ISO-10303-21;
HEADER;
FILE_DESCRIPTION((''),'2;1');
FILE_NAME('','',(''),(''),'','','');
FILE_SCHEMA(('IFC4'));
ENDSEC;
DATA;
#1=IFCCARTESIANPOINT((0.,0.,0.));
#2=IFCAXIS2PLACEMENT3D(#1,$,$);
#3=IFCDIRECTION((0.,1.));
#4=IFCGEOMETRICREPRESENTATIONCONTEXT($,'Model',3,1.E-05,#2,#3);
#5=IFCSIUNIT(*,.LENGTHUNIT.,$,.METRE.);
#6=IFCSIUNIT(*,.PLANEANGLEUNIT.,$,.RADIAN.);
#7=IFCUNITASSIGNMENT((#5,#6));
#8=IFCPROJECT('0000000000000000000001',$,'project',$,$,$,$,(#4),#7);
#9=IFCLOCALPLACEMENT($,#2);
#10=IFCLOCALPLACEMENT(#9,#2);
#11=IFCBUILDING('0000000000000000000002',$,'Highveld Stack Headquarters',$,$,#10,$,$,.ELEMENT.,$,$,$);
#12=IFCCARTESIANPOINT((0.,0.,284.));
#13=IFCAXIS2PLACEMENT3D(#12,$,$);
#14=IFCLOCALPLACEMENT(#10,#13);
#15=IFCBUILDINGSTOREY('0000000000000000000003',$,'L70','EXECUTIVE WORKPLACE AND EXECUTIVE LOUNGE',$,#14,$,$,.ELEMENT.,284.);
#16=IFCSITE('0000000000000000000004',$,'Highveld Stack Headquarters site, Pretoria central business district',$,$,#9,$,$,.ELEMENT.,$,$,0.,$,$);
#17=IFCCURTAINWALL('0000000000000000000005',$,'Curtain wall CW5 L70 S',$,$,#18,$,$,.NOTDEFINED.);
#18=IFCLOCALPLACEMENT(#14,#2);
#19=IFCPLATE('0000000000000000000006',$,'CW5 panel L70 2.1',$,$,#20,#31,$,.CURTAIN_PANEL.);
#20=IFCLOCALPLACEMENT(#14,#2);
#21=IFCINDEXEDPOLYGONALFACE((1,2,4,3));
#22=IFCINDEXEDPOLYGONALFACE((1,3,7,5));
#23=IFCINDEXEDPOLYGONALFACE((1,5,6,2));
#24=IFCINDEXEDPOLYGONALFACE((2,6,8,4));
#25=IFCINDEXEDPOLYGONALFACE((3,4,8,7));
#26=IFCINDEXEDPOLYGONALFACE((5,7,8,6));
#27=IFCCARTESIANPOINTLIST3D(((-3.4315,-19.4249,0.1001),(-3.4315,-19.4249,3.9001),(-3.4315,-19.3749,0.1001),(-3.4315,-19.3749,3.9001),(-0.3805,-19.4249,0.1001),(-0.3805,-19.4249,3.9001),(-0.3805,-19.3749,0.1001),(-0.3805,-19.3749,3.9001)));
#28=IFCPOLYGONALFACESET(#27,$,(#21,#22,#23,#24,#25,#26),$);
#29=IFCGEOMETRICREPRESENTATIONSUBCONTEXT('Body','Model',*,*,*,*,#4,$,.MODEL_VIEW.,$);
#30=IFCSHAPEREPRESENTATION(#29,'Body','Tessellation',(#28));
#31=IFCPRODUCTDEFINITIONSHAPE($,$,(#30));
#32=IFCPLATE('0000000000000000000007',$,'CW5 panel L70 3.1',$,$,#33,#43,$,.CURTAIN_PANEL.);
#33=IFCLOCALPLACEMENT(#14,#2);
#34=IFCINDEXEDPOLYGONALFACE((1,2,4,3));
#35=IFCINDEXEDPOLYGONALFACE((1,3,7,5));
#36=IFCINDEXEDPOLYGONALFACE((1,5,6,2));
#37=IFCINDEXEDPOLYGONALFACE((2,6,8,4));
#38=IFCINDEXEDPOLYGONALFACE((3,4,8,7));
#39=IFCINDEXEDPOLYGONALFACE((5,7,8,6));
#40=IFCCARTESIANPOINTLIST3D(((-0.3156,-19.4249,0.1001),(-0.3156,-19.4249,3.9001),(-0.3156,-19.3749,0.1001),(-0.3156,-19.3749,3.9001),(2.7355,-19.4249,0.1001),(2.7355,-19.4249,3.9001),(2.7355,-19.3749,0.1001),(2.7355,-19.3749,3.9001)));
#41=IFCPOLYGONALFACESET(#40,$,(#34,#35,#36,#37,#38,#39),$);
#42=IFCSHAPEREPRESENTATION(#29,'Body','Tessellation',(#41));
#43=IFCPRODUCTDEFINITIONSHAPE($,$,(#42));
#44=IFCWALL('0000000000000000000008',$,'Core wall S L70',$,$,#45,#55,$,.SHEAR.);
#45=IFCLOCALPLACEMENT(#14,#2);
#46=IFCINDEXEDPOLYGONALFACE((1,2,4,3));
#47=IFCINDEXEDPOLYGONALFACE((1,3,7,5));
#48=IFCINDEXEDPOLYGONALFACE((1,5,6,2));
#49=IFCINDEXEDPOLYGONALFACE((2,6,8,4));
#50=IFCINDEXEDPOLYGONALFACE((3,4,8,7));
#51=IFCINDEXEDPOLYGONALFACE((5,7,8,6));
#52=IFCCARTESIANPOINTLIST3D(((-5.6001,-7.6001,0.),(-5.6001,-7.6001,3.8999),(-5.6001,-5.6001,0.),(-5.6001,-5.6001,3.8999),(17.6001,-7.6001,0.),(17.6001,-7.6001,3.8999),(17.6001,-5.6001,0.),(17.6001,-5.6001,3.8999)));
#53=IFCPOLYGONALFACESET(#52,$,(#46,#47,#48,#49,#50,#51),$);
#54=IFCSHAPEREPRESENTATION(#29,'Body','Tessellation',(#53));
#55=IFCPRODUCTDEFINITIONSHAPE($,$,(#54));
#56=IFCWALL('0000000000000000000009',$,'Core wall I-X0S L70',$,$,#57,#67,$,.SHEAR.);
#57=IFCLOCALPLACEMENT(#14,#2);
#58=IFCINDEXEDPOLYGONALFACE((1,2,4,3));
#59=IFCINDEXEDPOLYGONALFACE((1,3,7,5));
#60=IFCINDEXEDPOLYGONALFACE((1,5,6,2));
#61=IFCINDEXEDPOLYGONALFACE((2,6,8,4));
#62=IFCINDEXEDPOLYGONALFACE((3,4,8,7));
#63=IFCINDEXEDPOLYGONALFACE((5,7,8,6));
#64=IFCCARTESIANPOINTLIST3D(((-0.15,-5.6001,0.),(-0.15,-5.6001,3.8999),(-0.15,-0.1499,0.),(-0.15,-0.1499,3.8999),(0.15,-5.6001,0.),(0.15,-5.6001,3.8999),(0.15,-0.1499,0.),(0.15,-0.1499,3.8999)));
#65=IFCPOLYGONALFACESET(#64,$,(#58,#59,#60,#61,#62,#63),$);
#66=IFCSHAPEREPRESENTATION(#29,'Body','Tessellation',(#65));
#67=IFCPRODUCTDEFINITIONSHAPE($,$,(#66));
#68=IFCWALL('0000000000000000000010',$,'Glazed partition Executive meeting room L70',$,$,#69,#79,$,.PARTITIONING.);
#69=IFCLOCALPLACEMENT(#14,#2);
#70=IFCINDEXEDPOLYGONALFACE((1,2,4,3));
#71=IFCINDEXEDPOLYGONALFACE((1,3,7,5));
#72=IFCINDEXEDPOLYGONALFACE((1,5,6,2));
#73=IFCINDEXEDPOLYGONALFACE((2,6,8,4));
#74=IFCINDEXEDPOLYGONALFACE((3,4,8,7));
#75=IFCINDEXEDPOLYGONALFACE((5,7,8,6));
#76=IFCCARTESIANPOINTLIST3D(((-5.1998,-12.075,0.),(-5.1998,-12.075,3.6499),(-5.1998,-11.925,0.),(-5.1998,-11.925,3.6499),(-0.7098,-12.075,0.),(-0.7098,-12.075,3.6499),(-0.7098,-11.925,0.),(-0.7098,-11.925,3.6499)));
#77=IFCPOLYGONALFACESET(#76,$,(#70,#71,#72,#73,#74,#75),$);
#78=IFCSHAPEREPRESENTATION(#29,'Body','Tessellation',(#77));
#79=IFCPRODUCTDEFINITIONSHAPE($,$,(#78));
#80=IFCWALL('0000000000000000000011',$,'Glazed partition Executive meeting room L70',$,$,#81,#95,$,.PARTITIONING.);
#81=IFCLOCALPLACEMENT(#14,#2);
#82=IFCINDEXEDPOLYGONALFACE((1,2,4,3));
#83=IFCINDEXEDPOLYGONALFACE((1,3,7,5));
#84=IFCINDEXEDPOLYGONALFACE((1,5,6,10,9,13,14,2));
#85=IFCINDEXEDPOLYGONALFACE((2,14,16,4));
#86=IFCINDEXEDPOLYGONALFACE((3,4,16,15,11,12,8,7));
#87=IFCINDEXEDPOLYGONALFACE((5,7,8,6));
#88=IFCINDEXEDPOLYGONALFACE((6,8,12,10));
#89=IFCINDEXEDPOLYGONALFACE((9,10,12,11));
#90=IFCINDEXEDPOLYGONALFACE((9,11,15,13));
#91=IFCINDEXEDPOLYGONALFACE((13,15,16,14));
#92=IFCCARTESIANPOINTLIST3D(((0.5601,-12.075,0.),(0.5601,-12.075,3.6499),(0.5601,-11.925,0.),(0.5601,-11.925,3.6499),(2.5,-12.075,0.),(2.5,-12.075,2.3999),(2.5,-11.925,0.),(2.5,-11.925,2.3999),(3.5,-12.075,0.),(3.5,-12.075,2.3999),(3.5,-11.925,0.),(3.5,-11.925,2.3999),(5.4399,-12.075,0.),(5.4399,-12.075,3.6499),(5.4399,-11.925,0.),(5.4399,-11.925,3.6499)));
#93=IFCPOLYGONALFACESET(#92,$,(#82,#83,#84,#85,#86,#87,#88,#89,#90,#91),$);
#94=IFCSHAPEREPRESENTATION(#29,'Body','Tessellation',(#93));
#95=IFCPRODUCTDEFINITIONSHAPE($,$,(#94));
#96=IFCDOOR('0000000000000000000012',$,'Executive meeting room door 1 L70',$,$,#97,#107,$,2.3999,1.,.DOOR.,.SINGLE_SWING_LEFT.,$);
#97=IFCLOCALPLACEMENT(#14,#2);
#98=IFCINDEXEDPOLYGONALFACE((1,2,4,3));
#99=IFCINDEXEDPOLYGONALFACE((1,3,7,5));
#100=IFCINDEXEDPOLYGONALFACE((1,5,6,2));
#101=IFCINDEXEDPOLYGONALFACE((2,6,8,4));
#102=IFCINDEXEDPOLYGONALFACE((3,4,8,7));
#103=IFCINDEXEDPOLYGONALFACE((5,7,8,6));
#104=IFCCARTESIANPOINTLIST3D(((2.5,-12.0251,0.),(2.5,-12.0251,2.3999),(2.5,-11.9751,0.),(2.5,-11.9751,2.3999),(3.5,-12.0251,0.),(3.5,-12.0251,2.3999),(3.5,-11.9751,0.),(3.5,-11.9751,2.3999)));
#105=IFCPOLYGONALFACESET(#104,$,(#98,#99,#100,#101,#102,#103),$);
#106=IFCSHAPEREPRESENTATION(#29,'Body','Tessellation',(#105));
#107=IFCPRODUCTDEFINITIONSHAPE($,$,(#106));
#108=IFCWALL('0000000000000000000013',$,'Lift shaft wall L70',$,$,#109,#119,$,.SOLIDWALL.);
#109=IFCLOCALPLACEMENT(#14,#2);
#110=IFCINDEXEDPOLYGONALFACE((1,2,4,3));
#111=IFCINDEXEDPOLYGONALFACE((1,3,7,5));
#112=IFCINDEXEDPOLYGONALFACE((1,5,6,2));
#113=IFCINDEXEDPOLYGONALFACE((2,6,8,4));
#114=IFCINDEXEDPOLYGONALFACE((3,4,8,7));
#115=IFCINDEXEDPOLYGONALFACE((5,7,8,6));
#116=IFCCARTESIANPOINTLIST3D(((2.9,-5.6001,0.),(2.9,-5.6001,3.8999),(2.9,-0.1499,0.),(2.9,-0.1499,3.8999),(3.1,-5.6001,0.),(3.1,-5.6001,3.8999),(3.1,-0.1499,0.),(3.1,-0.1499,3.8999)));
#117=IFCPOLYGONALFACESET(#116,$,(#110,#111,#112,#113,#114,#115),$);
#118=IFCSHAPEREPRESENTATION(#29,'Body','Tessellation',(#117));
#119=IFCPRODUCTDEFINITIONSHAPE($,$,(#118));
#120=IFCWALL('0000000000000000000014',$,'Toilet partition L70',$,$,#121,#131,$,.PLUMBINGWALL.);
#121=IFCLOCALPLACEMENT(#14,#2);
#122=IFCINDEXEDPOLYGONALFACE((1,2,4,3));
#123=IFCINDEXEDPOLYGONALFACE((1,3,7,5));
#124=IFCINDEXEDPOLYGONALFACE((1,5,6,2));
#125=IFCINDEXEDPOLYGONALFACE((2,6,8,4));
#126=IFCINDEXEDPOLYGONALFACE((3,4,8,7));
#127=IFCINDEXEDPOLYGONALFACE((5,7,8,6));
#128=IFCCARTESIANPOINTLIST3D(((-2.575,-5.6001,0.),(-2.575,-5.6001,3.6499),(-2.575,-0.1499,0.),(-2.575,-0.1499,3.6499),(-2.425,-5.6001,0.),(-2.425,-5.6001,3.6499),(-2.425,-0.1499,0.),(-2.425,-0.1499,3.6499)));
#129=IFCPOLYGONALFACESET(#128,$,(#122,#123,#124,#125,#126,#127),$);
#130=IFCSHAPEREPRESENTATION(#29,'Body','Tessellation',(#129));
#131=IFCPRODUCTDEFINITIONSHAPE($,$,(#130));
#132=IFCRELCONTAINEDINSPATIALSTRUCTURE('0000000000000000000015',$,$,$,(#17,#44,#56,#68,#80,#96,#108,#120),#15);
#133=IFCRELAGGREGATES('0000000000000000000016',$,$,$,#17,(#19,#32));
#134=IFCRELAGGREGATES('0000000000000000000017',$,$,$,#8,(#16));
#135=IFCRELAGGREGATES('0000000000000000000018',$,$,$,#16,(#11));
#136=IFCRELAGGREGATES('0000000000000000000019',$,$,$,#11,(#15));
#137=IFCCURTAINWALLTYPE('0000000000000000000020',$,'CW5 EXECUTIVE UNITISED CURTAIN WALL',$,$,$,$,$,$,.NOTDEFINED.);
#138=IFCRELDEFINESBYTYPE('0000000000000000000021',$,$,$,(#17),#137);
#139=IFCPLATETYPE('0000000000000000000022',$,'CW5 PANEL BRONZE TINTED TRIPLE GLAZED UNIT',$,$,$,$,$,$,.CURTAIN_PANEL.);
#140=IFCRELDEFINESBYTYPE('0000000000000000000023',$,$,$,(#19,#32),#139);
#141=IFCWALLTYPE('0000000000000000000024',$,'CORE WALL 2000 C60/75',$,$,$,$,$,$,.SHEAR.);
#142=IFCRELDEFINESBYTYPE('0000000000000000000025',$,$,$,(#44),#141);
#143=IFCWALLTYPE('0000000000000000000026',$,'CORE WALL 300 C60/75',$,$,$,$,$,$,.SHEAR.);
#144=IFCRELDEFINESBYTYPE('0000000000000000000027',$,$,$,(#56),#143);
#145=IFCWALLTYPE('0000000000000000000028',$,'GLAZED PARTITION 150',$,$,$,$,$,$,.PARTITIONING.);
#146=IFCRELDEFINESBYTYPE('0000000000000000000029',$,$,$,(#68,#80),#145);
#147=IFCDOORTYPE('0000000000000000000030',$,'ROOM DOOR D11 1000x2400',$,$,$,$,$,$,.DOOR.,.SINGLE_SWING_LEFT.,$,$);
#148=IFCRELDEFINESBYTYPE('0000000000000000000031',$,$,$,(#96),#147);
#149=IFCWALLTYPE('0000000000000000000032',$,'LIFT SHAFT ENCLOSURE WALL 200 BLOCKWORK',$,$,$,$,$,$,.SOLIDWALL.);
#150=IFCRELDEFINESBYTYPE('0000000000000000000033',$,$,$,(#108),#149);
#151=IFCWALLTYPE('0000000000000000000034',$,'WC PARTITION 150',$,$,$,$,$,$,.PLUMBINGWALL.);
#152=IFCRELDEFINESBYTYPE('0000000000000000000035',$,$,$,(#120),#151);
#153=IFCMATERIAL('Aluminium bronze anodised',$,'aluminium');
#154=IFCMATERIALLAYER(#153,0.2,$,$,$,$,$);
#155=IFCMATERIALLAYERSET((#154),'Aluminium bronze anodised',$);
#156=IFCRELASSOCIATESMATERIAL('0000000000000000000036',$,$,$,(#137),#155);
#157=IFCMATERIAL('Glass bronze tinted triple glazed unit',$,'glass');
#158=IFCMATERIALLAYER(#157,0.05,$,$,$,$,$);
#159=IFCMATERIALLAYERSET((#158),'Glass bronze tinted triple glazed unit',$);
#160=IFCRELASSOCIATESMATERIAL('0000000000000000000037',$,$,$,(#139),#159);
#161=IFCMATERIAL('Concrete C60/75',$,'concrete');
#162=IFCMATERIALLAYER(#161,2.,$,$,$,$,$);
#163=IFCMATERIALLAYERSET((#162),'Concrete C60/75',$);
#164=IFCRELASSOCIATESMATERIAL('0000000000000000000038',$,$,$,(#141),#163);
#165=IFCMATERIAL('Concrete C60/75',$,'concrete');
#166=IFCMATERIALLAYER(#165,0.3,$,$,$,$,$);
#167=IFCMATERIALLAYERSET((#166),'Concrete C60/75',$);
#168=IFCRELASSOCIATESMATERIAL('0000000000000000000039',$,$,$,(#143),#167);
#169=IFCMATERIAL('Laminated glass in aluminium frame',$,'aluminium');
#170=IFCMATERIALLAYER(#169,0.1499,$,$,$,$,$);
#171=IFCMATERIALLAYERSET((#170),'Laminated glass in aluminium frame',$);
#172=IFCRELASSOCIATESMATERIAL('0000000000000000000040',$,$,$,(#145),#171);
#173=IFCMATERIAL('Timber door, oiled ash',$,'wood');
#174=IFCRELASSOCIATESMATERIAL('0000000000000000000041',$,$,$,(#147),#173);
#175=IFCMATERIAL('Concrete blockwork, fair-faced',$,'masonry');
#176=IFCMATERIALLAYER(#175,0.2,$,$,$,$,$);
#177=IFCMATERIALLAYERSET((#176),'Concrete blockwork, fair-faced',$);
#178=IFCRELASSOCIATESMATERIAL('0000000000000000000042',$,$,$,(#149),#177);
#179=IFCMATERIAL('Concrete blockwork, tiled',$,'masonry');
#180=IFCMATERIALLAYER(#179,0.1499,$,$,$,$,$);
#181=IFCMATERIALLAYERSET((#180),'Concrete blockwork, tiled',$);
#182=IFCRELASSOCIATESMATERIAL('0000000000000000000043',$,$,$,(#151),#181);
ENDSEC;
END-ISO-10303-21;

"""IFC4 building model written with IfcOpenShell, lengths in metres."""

from ifc_helpers import new_model, si_unit, direction, frame, frame_2d, origin, origin_2d, place, context, subcontext, project, spatial, rectangle, extrude, material, layer, layer_set, type_object, element, fill, aggregate, save


model = new_model("IFC4")

# Units and contexts
model_context = context("Model", 3, precision=1e-05, world=origin(), true_north=direction((0.0, 1.0)))
body_context = subcontext(model_context, "Body", "Model", "MODEL_VIEW")
ifc_project = project(units=[si_unit("LENGTHUNIT", "METRE"), si_unit("PLANEANGLEUNIT", "RADIAN")], contexts=[model_context])

# Site, building, storey
site_placement = place(None, origin())
site = spatial("IfcSite", under=ifc_project, at=site_placement, Name="Highveld Stack Headquarters site, Pretoria central business district", CompositionType="ELEMENT", RefElevation=0.0)
building_placement = place(site_placement, origin())
building = spatial("IfcBuilding", under=site, at=building_placement, Name="Highveld Stack Headquarters", CompositionType="ELEMENT")
storey_placement = place(building_placement, frame((0.0, 0.0, 284.0)))
storey = spatial("IfcBuildingStorey", under=building, at=storey_placement, Name="L70", Description="EXECUTIVE WORKPLACE AND EXECUTIVE LOUNGE", CompositionType="ELEMENT", Elevation=284.0)

# Curtain wall
ifc_material_1 = material(Name="Aluminium bronze anodised", Category="aluminium")
ifc_layer_1 = layer(ifc_material_1, 0.2)
ifc_layer_set_1 = layer_set([ifc_layer_1], Name="Aluminium bronze anodised")
curtain_wall_type = type_object("IfcCurtainWallType", Name="CW5 EXECUTIVE UNITISED CURTAIN WALL", PredefinedType="NOTDEFINED", material=ifc_layer_set_1)
curtain_wall_placement = place(storey_placement, origin())
curtain_wall = element("IfcCurtainWall", 1, at=curtain_wall_placement, inside=storey, type_object=curtain_wall_type, Name="Curtain wall CW5 L70 S", PredefinedType="NOTDEFINED")

# Plates
ifc_material_2 = material(Name="Glass bronze tinted triple glazed unit", Category="glass")
ifc_layer_2 = layer(ifc_material_2, 0.05)
ifc_layer_set_2 = layer_set([ifc_layer_2], Name="Glass bronze tinted triple glazed unit")
plate_type = type_object("IfcPlateType", Name="CW5 PANEL BRONZE TINTED TRIPLE GLAZED UNIT", PredefinedType="CURTAIN_PANEL", material=ifc_layer_set_2)
plate_1_placement = place(storey_placement, frame((-1.906, -19.3999, 0.1001), z_axis=(0.0, 0.0, 1.0), x_axis=(1.0, 0.0, 0.0)))
plate_1 = element("IfcPlate", 2, at=plate_1_placement, type_object=plate_type, Name="CW5 panel L70 2.1", PredefinedType="CURTAIN_PANEL", context=body_context, shape_type="SweptSolid", body=[
    extrude(rectangle(XDim=3.051, YDim=0.05, at=origin_2d()), origin(), (0.0, 0.0, 1.0), 3.8),
])
plate_2_placement = place(storey_placement, frame((1.21, -19.3999, 0.1001), z_axis=(0.0, 0.0, 1.0), x_axis=(1.0, 0.0, 0.0)))
plate_2 = element("IfcPlate", 3, at=plate_2_placement, type_object=plate_type, Name="CW5 panel L70 3.1", PredefinedType="CURTAIN_PANEL", context=body_context, shape_type="SweptSolid", body=[
    extrude(rectangle(XDim=3.051, YDim=0.05, at=origin_2d()), origin(), (0.0, 0.0, 1.0), 3.8),
])
aggregate(curtain_wall, [plate_1, plate_2])

# Walls
ifc_material_3 = material(Name="Concrete C60/75", Category="concrete")
ifc_layer_3 = layer(ifc_material_3, 2.0)
ifc_layer_set_3 = layer_set([ifc_layer_3], Name="Concrete C60/75")
wall_type_1 = type_object("IfcWallType", Name="CORE WALL 2000 C60/75", PredefinedType="SHEAR", material=ifc_layer_set_3)
wall_1_placement = place(storey_placement, frame((-5.6001, -6.6001, 0.0), z_axis=(0.0, 0.0, 1.0), x_axis=(1.0, 0.0, 0.0)))
element("IfcWall", 4, at=wall_1_placement, inside=storey, type_object=wall_type_1, Name="Core wall S L70", PredefinedType="SHEAR", context=body_context, shape_type="SweptSolid", body=[
    extrude(rectangle(XDim=23.2002, YDim=2.0, at=frame_2d((11.6001, 0.0))), origin(), (0.0, 0.0, 1.0), 3.8999),
])
ifc_material_4 = material(Name="Concrete C60/75", Category="concrete")
ifc_layer_4 = layer(ifc_material_4, 0.3)
ifc_layer_set_4 = layer_set([ifc_layer_4], Name="Concrete C60/75")
wall_type_2 = type_object("IfcWallType", Name="CORE WALL 300 C60/75", PredefinedType="SHEAR", material=ifc_layer_set_4)
wall_2_placement = place(storey_placement, frame((0.0, -5.6001, 0.0), z_axis=(0.0, 0.0, 1.0), x_axis=(0.0, 1.0, 0.0)))
element("IfcWall", 5, at=wall_2_placement, inside=storey, type_object=wall_type_2, Name="Core wall I-X0S L70", PredefinedType="SHEAR", context=body_context, shape_type="SweptSolid", body=[
    extrude(rectangle(XDim=5.4502, YDim=0.3, at=frame_2d((2.7251, 0.0))), origin(), (0.0, 0.0, 1.0), 3.8999),
])
ifc_material_5 = material(Name="Laminated glass in aluminium frame", Category="aluminium")
ifc_layer_5 = layer(ifc_material_5, 0.1499)
ifc_layer_set_5 = layer_set([ifc_layer_5], Name="Laminated glass in aluminium frame")
wall_type_3 = type_object("IfcWallType", Name="GLAZED PARTITION 150", PredefinedType="PARTITIONING", material=ifc_layer_set_5)
wall_3_placement = place(storey_placement, frame((-5.2, -12.0, 0.0), z_axis=(0.0, 0.0, 1.0), x_axis=(1.0, 0.0, 0.0)))
element("IfcWall", 6, at=wall_3_placement, inside=storey, type_object=wall_type_3, Name="Glazed partition Executive meeting room L70", PredefinedType="PARTITIONING", context=body_context, shape_type="SweptSolid", body=[
    extrude(rectangle(XDim=4.49, YDim=0.1499, at=frame_2d((2.2451, 0.0))), origin(), (0.0, 0.0, 1.0), 3.6499),
])

# Wall, opening, door
wall_4_placement = place(storey_placement, frame((0.5601, -12.0, 0.0), z_axis=(0.0, 0.0, 1.0), x_axis=(1.0, 0.0, 0.0)))
wall_4 = element("IfcWall", 7, at=wall_4_placement, inside=storey, type_object=wall_type_3, Name="Glazed partition Executive meeting room L70", PredefinedType="PARTITIONING", context=body_context, shape_type="SweptSolid", body=[
    extrude(rectangle(XDim=4.8799, YDim=0.1499, at=frame_2d((2.4399, 0.0))), origin(), (0.0, 0.0, 1.0), 3.6499),
])
opening_placement = place(wall_4_placement, frame((1.9399, 0.0, 0.0)))
opening = element("IfcOpeningElement", 8, at=opening_placement, cuts=wall_4, PredefinedType="OPENING", context=body_context, shape_type="SweptSolid", body=[
    extrude(rectangle(XDim=1.0, YDim=2.3999, at=frame_2d((0.5, 1.2))), frame((0.0, 0.085, 0.0), z_axis=(0.0, -1.0, 0.0), x_axis=(1.0, 0.0, 0.0)), (0.0, 0.0, 1.0), 0.1699),
])
ifc_material_6 = material(Name="Timber door, oiled ash", Category="wood")
door_type = type_object("IfcDoorType", Name="ROOM DOOR D11 1000x2400", OperationType="SINGLE_SWING_LEFT", PredefinedType="DOOR", material=ifc_material_6)
door_placement = place(opening_placement, origin())
door = element("IfcDoor", 9, at=door_placement, inside=storey, type_object=door_type, Name="Executive meeting room door 1 L70", OperationType="SINGLE_SWING_LEFT", OverallHeight=2.3999, OverallWidth=1.0, PredefinedType="DOOR", context=body_context, shape_type="SweptSolid", body=[
    extrude(rectangle(XDim=1.0, YDim=2.3999, at=frame_2d((0.5, 1.2))), frame((0.0, 0.0249, 0.0), z_axis=(0.0, -1.0, 0.0), x_axis=(1.0, 0.0, 0.0)), (0.0, 0.0, 1.0), 0.05),
])
fill(opening, door)

# Walls
ifc_material_7 = material(Name="Concrete blockwork, fair-faced", Category="masonry")
ifc_layer_6 = layer(ifc_material_7, 0.2)
ifc_layer_set_6 = layer_set([ifc_layer_6], Name="Concrete blockwork, fair-faced")
wall_type_4 = type_object("IfcWallType", Name="LIFT SHAFT ENCLOSURE WALL 200 BLOCKWORK", PredefinedType="SOLIDWALL", material=ifc_layer_set_6)
wall_5_placement = place(storey_placement, frame((3.0, -5.6001, 0.0), z_axis=(0.0, 0.0, 1.0), x_axis=(0.0, 1.0, 0.0)))
element("IfcWall", 10, at=wall_5_placement, inside=storey, type_object=wall_type_4, Name="Lift shaft wall L70", PredefinedType="SOLIDWALL", context=body_context, shape_type="SweptSolid", body=[
    extrude(rectangle(XDim=5.4502, YDim=0.2, at=frame_2d((2.7251, 0.0))), origin(), (0.0, 0.0, 1.0), 3.8999),
])
ifc_material_8 = material(Name="Concrete blockwork, tiled", Category="masonry")
ifc_layer_7 = layer(ifc_material_8, 0.1499)
ifc_layer_set_7 = layer_set([ifc_layer_7], Name="Concrete blockwork, tiled")
wall_type_5 = type_object("IfcWallType", Name="WC PARTITION 150", PredefinedType="PLUMBINGWALL", material=ifc_layer_set_7)
wall_6_placement = place(storey_placement, frame((-2.5, -5.6001, 0.0), z_axis=(0.0, 0.0, 1.0), x_axis=(0.0, 1.0, 0.0)))
element("IfcWall", 11, at=wall_6_placement, inside=storey, type_object=wall_type_5, Name="Toilet partition L70", PredefinedType="PLUMBINGWALL", context=body_context, shape_type="SweptSolid", body=[
    extrude(rectangle(XDim=5.4502, YDim=0.1499, at=frame_2d((2.7251, 0.0))), origin(), (0.0, 0.0, 1.0), 3.6499),
])

save(model, "model.ifc")
